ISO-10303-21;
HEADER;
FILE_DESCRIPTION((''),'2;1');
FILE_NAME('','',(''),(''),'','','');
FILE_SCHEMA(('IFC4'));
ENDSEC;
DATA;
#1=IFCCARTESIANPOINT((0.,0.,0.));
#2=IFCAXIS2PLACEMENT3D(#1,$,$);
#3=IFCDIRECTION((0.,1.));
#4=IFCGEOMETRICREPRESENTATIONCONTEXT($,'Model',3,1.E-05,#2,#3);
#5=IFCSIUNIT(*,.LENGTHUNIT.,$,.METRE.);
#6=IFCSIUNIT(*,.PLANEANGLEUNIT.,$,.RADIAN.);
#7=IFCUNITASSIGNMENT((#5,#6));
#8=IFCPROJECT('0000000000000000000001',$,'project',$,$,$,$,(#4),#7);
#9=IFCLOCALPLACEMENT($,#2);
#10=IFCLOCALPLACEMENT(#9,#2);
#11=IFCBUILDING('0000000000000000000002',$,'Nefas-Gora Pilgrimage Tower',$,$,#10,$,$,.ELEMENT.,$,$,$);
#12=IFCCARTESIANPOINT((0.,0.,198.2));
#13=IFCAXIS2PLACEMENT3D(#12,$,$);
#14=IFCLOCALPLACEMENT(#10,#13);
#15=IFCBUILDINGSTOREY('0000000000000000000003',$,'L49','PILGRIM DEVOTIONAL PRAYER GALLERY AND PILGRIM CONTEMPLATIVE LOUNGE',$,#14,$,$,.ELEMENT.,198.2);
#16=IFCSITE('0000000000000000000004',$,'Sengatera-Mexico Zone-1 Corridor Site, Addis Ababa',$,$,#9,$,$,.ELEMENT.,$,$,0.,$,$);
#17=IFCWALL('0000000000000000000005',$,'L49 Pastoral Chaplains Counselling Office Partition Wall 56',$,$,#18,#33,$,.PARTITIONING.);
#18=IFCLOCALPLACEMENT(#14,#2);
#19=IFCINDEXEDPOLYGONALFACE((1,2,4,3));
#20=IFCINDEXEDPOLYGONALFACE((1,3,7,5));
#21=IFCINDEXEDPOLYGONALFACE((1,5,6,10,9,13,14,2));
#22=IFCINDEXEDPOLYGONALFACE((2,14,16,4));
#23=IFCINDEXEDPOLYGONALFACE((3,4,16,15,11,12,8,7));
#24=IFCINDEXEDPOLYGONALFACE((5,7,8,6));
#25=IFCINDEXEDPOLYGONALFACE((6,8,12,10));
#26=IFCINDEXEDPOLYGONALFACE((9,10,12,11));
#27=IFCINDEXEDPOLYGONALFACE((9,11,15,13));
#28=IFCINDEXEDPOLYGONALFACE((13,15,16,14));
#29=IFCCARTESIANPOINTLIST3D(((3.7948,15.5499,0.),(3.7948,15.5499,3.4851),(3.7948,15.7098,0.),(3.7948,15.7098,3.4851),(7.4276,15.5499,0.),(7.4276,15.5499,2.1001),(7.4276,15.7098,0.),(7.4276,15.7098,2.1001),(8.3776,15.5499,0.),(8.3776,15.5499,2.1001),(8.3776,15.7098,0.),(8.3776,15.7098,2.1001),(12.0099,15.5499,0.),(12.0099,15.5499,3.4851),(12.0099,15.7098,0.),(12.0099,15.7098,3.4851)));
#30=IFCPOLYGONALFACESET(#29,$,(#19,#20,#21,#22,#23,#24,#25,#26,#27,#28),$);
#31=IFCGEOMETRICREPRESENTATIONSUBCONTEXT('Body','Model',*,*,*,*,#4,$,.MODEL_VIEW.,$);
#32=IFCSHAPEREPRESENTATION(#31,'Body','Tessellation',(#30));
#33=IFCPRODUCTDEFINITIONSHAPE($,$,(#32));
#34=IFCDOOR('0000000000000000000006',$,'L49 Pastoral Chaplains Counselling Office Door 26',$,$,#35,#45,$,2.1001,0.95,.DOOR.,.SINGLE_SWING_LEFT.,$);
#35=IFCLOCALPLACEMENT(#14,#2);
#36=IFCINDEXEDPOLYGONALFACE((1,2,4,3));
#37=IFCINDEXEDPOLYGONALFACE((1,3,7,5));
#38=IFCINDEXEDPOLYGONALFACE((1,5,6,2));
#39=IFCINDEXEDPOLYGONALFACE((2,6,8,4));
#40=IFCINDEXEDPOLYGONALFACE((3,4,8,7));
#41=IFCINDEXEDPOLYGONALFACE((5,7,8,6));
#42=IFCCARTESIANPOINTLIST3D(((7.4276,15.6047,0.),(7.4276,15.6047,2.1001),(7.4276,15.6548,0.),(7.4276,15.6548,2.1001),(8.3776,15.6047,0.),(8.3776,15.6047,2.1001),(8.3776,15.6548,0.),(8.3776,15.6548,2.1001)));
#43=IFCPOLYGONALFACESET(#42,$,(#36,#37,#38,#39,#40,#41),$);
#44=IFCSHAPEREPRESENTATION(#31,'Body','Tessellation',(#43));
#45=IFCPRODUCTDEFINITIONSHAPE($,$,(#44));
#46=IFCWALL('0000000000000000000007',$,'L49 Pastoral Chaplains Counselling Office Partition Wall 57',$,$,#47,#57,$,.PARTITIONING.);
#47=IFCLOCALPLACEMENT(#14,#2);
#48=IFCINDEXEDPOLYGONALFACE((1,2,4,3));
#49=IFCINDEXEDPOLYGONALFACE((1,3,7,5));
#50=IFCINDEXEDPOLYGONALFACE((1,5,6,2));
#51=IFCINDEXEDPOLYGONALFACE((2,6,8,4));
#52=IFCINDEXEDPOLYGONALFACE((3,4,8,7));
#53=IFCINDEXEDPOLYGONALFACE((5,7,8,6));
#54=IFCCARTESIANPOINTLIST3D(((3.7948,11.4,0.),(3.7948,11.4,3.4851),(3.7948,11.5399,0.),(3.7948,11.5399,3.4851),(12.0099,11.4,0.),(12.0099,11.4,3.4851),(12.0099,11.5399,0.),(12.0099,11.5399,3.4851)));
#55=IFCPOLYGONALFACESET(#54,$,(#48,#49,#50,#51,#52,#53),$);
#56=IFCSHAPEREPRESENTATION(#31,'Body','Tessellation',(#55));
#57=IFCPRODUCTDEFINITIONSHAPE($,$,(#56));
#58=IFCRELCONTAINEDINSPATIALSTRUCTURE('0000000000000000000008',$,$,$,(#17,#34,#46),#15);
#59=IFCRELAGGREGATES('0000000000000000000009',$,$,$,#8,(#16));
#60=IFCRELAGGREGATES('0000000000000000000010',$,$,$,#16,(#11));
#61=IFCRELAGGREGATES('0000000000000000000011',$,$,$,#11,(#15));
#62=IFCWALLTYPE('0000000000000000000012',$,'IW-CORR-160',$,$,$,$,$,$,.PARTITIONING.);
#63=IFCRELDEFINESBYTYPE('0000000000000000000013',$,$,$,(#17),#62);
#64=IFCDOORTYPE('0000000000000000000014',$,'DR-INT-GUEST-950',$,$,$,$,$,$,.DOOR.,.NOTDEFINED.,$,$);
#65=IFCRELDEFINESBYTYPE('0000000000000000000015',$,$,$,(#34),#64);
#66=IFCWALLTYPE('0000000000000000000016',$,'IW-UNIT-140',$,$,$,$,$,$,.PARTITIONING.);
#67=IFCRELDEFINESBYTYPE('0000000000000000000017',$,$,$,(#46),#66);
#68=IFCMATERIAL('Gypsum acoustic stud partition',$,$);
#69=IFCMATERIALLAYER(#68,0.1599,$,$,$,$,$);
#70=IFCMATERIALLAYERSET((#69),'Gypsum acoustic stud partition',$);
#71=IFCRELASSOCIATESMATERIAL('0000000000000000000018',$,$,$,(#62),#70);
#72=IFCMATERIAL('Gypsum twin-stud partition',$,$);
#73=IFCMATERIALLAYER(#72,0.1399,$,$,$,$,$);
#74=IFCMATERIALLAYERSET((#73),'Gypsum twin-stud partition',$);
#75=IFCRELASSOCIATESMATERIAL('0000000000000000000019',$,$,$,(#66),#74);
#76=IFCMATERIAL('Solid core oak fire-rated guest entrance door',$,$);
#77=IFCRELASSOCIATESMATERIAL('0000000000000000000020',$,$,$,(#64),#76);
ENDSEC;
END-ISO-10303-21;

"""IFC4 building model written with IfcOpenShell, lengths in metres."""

from ifc_helpers import new_model, si_unit, direction, frame, frame_2d, origin, place, context, subcontext, project, spatial, rectangle, extrude, source, transform, mapped, material, layer, layer_set, type_object, element, fill, save


model = new_model("IFC4")

# Units and contexts
model_context = context("Model", 3, precision=1e-05, world=origin(), true_north=direction((0.0, 1.0)))
body_context = subcontext(model_context, "Body", "Model", "MODEL_VIEW")
ifc_project = project(units=[si_unit("LENGTHUNIT", "METRE"), si_unit("PLANEANGLEUNIT", "RADIAN")], contexts=[model_context])

# Site, building, storey
site_placement = place(None, origin())
site = spatial("IfcSite", under=ifc_project, at=site_placement, Name="Sengatera-Mexico Zone-1 Corridor Site, Addis Ababa", CompositionType="ELEMENT", RefElevation=0.0)
building_placement = place(site_placement, origin())
building = spatial("IfcBuilding", under=site, at=building_placement, Name="Nefas-Gora Pilgrimage Tower", CompositionType="ELEMENT")
storey_placement = place(building_placement, frame((0.0, 0.0, 198.2)))
storey = spatial("IfcBuildingStorey", under=building, at=storey_placement, Name="L49", Description="PILGRIM DEVOTIONAL PRAYER GALLERY AND PILGRIM CONTEMPLATIVE LOUNGE", CompositionType="ELEMENT", Elevation=198.2)

# Shared definitions
ifc_material_1 = material(Name="Gypsum acoustic stud partition")
ifc_layer_1 = layer(ifc_material_1, 0.1599)
ifc_layer_set_1 = layer_set([ifc_layer_1], Name="Gypsum acoustic stud partition")
wall_type_1 = type_object("IfcWallType", Name="IW-CORR-160", PredefinedType="PARTITIONING", material=ifc_layer_set_1)

# Shared definitions
ifc_material_2 = material(Name="Gypsum twin-stud partition")
ifc_layer_2 = layer(ifc_material_2, 0.1399)
ifc_layer_set_2 = layer_set([ifc_layer_2], Name="Gypsum twin-stud partition")
wall_type_2 = type_object("IfcWallType", Name="IW-UNIT-140", PredefinedType="PARTITIONING", material=ifc_layer_set_2)

# Wall, opening, door
ifc_material_3 = material(Name="Solid core oak fire-rated guest entrance door")
door_type_1 = type_object("IfcDoorType", Name="DR-INT-GUEST-950", OperationType="NOTDEFINED", PredefinedType="DOOR", material=ifc_material_3)
shared_shape_1 = source(origin(), body_context, "Body", "SweptSolid", [
    extrude(rectangle(XDim=0.95, YDim=2.1001, at=frame_2d((0.4751, 1.05))), frame((0.0, 0.0249, 0.0), z_axis=(0.0, -1.0, 0.0), x_axis=(1.0, 0.0, 0.0)), (0.0, 0.0, 1.0), 0.05),
])
shared_shape_2 = source(origin(), body_context, "Body", "SweptSolid", [
    extrude(rectangle(XDim=8.2151, YDim=0.1599, at=frame_2d((4.1074, 0.0))), origin(), (0.0, 0.0, 1.0), 3.4851),
])
wall_1_placement = place(storey_placement, frame((3.7949, 15.6299, 0.0), z_axis=(0.0, 0.0, 1.0), x_axis=(1.0, 0.0, 0.0)))
wall_1 = element("IfcWall", 1, at=wall_1_placement, inside=storey, type_object=wall_type_1, Name="L49 Pastoral Chaplains Counselling Office Partition Wall 56", PredefinedType="PARTITIONING", context=body_context, shape_type="MappedRepresentation", body=[
    mapped(shared_shape_2, transform((0.0, 0.0, 0.0), x_axis=(1.0, 0.0, 0.0), y_axis=(0.0, 1.0, 0.0), z_axis=(0.0, 0.0, 1.0), scale=1.0)),
])
opening_1_placement = place(wall_1_placement, frame((3.6326, 0.0, 0.0)))
opening_1 = element("IfcOpeningElement", 2, at=opening_1_placement, cuts=wall_1, PredefinedType="OPENING", context=body_context, shape_type="SweptSolid", body=[
    extrude(rectangle(XDim=0.95, YDim=2.1001, at=frame_2d((0.4751, 1.05))), frame((0.0, 0.0898, 0.0), z_axis=(0.0, -1.0, 0.0), x_axis=(1.0, 0.0, 0.0)), (0.0, 0.0, 1.0), 0.1799),
])
door_1_placement = place(opening_1_placement, origin())
door_1 = element("IfcDoor", 3, at=door_1_placement, inside=storey, type_object=door_type_1, Name="L49 Pastoral Chaplains Counselling Office Door 26", OperationType="SINGLE_SWING_LEFT", OverallHeight=2.1001, OverallWidth=0.95, PredefinedType="DOOR", context=body_context, shape_type="MappedRepresentation", body=[
    mapped(shared_shape_1, transform((0.0, 0.0, 0.0), x_axis=(1.0, 0.0, 0.0), y_axis=(0.0, 1.0, 0.0), z_axis=(0.0, 0.0, 1.0), scale=1.0)),
])
fill(opening_1, door_1)

# Wall
shared_shape_3 = source(origin(), body_context, "Body", "SweptSolid", [
    extrude(rectangle(XDim=8.2151, YDim=0.1399, at=frame_2d((4.1074, 0.0))), origin(), (0.0, 0.0, 1.0), 3.4851),
])
wall_2_placement = place(storey_placement, frame((3.7949, 11.47, 0.0), z_axis=(0.0, 0.0, 1.0), x_axis=(1.0, 0.0, 0.0)))
element("IfcWall", 4, at=wall_2_placement, inside=storey, type_object=wall_type_2, Name="L49 Pastoral Chaplains Counselling Office Partition Wall 57", PredefinedType="PARTITIONING", context=body_context, shape_type="MappedRepresentation", body=[
    mapped(shared_shape_3, transform((0.0, 0.0, 0.0), x_axis=(1.0, 0.0, 0.0), y_axis=(0.0, 1.0, 0.0), z_axis=(0.0, 0.0, 1.0), scale=1.0)),
])

save(model, "model.ifc")
